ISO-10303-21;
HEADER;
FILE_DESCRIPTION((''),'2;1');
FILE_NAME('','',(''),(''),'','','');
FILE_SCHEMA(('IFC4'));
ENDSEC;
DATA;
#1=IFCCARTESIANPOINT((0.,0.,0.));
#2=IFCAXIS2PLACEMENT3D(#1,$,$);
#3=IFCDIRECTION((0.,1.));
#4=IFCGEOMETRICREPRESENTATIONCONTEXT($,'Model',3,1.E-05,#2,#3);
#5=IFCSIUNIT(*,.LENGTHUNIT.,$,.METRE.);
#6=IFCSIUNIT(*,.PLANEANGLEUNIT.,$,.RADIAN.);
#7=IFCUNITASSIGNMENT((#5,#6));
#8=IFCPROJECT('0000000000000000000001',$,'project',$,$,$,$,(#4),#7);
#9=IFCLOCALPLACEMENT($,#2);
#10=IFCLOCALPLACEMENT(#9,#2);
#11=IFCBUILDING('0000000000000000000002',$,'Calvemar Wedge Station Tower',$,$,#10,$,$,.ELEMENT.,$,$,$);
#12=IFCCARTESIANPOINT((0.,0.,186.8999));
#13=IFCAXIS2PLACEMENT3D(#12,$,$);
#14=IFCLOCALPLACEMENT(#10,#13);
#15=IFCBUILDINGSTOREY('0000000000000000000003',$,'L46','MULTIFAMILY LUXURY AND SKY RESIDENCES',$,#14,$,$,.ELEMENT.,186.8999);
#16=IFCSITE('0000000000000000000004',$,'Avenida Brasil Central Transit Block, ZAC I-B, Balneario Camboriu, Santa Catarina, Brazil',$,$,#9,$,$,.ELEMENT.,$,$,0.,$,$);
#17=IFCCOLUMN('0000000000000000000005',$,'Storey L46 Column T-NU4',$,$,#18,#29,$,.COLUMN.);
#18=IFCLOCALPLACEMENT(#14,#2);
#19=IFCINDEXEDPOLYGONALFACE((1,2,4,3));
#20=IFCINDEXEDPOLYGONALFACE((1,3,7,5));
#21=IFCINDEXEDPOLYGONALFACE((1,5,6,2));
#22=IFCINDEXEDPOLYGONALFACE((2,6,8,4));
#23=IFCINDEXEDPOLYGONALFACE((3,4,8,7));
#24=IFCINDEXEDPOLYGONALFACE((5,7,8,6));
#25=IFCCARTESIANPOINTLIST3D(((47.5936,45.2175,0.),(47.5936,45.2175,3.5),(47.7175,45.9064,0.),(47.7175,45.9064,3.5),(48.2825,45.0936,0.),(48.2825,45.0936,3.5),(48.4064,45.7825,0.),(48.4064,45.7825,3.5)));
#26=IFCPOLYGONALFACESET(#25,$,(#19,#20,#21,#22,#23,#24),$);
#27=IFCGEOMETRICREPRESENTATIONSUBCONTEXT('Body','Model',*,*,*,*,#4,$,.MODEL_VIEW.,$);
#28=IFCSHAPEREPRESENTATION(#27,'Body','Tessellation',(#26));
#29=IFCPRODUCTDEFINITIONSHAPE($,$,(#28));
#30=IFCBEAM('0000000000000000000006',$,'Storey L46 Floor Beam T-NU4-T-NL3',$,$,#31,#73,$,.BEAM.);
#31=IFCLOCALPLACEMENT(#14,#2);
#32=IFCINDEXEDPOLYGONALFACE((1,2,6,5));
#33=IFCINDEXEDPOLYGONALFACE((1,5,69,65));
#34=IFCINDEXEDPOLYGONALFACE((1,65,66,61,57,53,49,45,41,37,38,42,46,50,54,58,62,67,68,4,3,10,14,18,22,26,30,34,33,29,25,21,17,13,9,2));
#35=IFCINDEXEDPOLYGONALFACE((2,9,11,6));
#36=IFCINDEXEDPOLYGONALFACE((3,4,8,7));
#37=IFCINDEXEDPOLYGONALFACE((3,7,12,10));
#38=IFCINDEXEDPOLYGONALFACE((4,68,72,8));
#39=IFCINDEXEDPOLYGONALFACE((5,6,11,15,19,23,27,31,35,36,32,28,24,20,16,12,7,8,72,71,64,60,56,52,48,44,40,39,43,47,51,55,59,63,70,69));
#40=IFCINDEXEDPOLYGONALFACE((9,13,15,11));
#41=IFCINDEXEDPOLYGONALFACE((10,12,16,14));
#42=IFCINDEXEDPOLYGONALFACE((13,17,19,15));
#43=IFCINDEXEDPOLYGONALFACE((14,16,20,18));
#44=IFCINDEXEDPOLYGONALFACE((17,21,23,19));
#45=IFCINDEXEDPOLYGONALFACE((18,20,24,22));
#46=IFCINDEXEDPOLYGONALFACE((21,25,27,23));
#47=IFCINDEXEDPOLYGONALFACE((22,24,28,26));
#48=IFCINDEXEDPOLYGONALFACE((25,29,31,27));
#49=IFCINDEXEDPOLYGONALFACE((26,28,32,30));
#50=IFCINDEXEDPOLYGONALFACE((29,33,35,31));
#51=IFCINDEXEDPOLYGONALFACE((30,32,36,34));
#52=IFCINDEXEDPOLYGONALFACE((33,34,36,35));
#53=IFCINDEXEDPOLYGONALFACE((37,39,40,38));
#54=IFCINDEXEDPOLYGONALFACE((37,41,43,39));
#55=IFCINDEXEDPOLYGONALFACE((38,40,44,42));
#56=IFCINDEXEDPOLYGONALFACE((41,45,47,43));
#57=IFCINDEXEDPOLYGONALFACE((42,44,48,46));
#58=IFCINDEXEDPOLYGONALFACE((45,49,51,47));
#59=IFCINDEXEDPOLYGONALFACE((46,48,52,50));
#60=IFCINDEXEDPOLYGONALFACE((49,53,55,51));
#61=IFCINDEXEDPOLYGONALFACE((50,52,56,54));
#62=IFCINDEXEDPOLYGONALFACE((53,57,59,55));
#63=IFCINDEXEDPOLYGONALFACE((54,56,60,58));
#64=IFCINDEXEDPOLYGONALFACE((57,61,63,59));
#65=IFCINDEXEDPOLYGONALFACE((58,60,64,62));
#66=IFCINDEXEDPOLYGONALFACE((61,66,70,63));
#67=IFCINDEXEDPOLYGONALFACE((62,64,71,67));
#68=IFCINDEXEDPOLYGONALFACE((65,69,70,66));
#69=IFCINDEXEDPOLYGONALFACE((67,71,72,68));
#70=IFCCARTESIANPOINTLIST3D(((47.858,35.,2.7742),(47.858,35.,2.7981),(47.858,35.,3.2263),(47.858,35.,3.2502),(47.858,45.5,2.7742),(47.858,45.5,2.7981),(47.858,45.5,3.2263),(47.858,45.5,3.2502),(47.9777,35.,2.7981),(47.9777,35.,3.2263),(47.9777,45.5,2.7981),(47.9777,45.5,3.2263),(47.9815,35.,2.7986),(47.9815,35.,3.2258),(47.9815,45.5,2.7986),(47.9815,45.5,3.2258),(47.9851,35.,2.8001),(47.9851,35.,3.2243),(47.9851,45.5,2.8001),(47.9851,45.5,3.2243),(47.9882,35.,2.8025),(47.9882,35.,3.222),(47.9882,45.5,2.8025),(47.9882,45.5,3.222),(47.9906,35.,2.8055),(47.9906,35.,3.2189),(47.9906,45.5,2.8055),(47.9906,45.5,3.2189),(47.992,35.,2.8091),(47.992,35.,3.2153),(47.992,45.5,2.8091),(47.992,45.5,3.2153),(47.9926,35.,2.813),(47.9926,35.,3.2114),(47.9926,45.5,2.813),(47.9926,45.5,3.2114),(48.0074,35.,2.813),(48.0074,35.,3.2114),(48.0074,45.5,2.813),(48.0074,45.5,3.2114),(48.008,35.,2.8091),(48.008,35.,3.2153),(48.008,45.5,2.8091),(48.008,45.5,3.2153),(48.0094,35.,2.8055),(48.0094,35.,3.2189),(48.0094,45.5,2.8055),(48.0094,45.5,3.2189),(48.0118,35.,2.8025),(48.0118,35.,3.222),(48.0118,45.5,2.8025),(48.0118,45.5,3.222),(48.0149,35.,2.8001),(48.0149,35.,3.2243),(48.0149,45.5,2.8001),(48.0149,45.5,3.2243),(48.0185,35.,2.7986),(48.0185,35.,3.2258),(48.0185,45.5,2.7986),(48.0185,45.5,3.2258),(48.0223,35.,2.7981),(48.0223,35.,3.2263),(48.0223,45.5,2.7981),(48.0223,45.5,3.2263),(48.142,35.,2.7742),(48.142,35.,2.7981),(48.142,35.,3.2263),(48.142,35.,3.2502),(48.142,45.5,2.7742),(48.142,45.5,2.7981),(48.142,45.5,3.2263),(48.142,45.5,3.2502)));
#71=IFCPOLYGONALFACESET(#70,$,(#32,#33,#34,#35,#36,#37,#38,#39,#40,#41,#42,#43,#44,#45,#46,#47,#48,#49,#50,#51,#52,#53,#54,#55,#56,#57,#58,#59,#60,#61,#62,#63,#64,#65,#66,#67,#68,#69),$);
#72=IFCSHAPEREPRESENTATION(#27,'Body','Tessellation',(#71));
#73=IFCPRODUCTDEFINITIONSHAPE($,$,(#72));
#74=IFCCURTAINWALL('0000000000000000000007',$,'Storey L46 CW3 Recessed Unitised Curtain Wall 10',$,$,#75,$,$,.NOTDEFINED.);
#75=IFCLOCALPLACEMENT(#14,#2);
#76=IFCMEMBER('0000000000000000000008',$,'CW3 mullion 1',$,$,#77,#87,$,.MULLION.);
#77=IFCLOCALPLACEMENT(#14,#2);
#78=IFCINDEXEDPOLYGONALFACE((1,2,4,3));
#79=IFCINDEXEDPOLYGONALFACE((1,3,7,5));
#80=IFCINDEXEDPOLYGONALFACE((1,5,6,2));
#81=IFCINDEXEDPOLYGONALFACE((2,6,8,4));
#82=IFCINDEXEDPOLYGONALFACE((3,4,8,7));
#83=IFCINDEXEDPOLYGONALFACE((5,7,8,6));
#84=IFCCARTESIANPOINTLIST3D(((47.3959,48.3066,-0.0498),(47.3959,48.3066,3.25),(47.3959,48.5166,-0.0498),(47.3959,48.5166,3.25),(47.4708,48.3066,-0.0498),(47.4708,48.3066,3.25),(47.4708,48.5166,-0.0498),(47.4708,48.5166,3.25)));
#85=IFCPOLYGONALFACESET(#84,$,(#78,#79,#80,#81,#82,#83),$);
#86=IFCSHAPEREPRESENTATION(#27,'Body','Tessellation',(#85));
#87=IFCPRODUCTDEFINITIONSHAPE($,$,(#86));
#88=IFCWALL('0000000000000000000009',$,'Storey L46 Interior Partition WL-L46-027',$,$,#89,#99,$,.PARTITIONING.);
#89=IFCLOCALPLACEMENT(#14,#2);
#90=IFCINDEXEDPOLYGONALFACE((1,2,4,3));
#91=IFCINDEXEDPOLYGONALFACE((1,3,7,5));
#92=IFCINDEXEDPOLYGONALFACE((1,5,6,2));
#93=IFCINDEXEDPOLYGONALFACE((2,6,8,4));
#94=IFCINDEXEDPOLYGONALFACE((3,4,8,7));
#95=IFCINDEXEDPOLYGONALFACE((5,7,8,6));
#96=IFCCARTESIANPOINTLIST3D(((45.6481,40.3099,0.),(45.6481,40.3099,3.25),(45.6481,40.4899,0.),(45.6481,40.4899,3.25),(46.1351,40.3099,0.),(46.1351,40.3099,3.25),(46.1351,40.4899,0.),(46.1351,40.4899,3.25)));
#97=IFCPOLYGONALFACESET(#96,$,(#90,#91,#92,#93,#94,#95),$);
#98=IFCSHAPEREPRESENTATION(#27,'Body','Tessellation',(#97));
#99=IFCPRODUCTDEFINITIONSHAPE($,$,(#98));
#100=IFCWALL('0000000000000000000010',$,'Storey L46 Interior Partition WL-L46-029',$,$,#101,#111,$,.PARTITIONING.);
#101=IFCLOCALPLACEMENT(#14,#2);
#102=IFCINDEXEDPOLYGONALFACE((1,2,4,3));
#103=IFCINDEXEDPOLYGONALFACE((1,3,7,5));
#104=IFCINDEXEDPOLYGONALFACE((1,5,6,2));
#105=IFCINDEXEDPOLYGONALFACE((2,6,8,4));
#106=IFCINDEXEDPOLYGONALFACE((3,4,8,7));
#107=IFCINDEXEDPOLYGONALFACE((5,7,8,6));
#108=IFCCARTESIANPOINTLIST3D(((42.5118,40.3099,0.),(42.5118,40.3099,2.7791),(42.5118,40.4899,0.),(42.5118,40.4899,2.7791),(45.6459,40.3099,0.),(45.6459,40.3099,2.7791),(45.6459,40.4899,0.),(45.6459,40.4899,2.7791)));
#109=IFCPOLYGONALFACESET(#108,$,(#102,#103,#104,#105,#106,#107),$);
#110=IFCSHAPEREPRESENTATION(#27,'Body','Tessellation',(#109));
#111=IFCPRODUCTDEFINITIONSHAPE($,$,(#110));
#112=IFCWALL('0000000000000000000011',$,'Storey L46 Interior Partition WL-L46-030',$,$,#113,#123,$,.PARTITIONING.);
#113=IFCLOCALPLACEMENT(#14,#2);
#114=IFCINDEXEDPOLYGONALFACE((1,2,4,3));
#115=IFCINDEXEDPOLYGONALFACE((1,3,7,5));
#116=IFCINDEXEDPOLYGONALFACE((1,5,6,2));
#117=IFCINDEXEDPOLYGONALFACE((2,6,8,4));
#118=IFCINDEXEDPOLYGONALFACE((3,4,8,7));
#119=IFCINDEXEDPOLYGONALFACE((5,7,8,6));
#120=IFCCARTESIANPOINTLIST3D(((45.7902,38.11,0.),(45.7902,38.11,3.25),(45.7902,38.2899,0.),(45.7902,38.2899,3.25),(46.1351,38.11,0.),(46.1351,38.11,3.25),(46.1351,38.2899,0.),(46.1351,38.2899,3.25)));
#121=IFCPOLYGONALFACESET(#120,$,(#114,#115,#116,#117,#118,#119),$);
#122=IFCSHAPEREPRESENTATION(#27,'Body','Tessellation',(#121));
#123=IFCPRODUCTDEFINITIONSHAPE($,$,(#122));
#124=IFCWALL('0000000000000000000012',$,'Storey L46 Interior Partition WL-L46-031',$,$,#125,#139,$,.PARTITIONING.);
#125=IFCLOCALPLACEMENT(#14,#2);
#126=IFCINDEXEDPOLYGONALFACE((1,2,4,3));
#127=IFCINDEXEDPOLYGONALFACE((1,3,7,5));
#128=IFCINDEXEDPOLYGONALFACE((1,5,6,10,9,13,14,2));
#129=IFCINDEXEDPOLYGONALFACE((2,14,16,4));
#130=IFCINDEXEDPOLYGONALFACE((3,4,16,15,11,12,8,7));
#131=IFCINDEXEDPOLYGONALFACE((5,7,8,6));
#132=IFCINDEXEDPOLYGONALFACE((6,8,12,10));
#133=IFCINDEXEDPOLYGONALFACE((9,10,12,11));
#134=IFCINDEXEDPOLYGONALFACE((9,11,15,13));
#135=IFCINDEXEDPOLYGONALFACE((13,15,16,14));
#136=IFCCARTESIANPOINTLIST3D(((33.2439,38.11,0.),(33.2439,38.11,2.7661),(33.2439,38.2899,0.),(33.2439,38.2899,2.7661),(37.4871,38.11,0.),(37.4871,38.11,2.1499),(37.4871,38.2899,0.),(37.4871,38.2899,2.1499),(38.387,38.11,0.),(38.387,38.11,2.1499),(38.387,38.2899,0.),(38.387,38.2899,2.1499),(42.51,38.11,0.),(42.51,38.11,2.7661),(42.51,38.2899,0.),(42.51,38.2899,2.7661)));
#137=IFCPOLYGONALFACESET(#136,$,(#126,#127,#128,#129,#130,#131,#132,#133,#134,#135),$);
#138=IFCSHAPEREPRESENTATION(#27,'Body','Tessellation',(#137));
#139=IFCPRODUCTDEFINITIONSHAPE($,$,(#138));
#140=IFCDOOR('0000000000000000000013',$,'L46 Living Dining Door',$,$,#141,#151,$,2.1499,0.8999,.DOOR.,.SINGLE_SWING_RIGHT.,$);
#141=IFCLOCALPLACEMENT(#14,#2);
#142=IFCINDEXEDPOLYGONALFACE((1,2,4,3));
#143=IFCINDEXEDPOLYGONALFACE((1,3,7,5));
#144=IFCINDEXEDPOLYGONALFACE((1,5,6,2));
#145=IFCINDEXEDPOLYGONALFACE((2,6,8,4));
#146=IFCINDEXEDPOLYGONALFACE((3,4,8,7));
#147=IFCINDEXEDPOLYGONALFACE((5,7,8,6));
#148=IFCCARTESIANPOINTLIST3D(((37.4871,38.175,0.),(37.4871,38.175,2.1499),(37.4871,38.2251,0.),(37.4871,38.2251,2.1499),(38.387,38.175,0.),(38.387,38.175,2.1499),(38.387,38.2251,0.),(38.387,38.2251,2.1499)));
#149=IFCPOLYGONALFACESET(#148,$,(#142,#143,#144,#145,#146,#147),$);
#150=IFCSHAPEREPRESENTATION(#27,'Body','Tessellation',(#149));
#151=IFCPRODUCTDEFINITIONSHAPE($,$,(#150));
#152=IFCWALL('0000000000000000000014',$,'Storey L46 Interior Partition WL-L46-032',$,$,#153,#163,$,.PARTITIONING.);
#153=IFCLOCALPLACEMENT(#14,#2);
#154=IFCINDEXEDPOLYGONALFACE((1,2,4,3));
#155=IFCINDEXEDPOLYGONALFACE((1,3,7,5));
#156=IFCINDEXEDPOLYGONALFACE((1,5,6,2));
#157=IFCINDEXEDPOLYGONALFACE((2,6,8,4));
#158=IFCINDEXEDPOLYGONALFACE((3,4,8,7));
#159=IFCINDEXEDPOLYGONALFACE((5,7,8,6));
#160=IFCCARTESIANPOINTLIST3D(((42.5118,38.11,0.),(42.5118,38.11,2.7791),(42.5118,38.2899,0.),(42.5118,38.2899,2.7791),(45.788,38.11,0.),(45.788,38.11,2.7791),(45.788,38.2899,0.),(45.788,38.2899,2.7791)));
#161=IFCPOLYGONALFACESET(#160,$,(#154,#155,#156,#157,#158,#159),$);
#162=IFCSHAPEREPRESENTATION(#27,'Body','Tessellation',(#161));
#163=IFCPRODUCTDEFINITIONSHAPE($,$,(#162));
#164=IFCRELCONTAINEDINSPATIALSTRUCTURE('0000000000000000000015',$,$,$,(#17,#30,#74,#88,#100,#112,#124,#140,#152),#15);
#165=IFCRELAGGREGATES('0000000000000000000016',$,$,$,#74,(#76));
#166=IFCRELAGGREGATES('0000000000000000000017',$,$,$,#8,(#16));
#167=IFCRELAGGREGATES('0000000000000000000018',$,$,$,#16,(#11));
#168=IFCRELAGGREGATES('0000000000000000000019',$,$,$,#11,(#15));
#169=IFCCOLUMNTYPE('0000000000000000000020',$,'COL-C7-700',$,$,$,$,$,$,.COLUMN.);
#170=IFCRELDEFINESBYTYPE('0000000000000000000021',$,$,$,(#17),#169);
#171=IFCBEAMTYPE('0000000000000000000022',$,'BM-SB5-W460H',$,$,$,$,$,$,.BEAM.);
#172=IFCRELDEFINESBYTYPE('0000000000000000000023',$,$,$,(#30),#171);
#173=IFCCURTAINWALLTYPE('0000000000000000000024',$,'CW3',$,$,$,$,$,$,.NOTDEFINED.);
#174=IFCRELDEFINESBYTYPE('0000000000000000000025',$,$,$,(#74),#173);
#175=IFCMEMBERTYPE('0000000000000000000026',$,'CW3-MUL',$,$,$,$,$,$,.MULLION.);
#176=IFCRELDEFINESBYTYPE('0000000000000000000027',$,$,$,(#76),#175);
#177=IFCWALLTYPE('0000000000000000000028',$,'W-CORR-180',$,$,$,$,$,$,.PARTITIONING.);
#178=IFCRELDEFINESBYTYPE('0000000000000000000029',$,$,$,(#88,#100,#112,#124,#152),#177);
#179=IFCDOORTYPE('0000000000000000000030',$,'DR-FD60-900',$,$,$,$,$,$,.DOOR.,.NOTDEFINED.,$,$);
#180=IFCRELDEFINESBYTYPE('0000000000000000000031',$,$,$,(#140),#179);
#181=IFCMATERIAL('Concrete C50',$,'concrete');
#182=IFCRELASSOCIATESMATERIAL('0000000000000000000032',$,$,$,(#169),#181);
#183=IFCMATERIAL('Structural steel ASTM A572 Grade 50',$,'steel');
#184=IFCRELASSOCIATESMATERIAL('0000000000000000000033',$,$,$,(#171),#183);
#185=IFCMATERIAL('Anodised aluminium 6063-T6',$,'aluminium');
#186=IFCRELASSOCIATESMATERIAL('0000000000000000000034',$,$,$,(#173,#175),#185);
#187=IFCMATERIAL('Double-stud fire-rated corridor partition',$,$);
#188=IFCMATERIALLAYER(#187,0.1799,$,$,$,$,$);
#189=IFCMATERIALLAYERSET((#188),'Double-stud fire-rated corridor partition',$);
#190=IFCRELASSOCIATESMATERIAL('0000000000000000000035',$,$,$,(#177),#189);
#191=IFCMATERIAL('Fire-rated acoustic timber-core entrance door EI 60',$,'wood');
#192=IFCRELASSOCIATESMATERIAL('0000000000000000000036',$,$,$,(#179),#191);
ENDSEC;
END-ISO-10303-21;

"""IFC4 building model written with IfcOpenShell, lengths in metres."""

from ifc_helpers import new_model, si_unit, direction, frame, frame_2d, origin, origin_2d, place, context, subcontext, project, spatial, rectangle, i_section, extrude, source, transform, mapped, material, layer, layer_set, material_profile, profile_set, type_object, element, fill, aggregate, save


model = new_model("IFC4")

# Units and contexts
model_context = context("Model", 3, precision=1e-05, world=origin(), true_north=direction((0.0, 1.0)))
body_context = subcontext(model_context, "Body", "Model", "MODEL_VIEW")
ifc_project = project(units=[si_unit("LENGTHUNIT", "METRE"), si_unit("PLANEANGLEUNIT", "RADIAN")], contexts=[model_context])

# Site, building, storey
site_placement = place(None, origin())
site = spatial("IfcSite", under=ifc_project, at=site_placement, Name="Avenida Brasil Central Transit Block, ZAC I-B, Balneario Camboriu, Santa Catarina, Brazil", CompositionType="ELEMENT", RefElevation=0.0)
building_placement = place(site_placement, origin())
building = spatial("IfcBuilding", under=site, at=building_placement, Name="Calvemar Wedge Station Tower", CompositionType="ELEMENT")
storey_placement = place(building_placement, frame((0.0, 0.0, 186.8999)))
storey = spatial("IfcBuildingStorey", under=building, at=storey_placement, Name="L46", Description="MULTIFAMILY LUXURY AND SKY RESIDENCES", CompositionType="ELEMENT", Elevation=186.8999)

# Column
ifc_material_1 = material(Name="Concrete C50", Category="concrete")
ifc_material_profile_1 = material_profile(ifc_material_1, rectangle(XDim=0.7, YDim=0.7, at=origin_2d()), Name="RC700x700")
ifc_profile_set_1 = profile_set([ifc_material_profile_1], Name="Concrete C50")
column_type = type_object("IfcColumnType", Name="COL-C7-700", PredefinedType="COLUMN", material=ifc_profile_set_1)
shared_shape_1 = source(origin(), body_context, "Body", "SweptSolid", [
    extrude(rectangle(XDim=0.7, YDim=0.7, at=origin_2d()), origin(), (0.0, 0.0, 1.0), 3.5),
])
column_placement = place(storey_placement, frame((48.0, 45.5, 0.0), z_axis=(0.0, 0.0, 1.0), x_axis=(0.984196, -0.177085, 0.0)))
element("IfcColumn", 1, at=column_placement, inside=storey, type_object=column_type, Name="Storey L46 Column T-NU4", PredefinedType="COLUMN", context=body_context, shape_type="MappedRepresentation", body=[
    mapped(shared_shape_1, transform((0.0, 0.0, 0.0), scale=1.0)),
])

# Beam
ifc_material_2 = material(Name="Structural steel ASTM A572 Grade 50", Category="steel")
ifc_material_profile_2 = material_profile(ifc_material_2, i_section(OverallWidth=0.2839, OverallDepth=0.4761, WebThickness=0.0149, FlangeThickness=0.0239, FilletRadius=0.0149, at=origin_2d()), Name="W460x158")
ifc_profile_set_2 = profile_set([ifc_material_profile_2], Name="Structural steel ASTM A572 Grade 50")
beam_type = type_object("IfcBeamType", Name="BM-SB5-W460H", PredefinedType="BEAM", material=ifc_profile_set_2)
shared_shape_2 = source(origin(), body_context, "Body", "SweptSolid", [
    extrude(i_section(OverallWidth=0.2839, OverallDepth=0.4761, WebThickness=0.0149, FlangeThickness=0.0239, FilletRadius=0.0149, at=origin_2d()), origin(), (0.0, 0.0, 1.0), 10.5),
])
beam_placement = place(storey_placement, frame((48.0, 45.5, 3.0122), z_axis=(0.0, -1.0, 0.0), x_axis=(1.0, 0.0, 0.0)))
element("IfcBeam", 2, at=beam_placement, inside=storey, type_object=beam_type, Name="Storey L46 Floor Beam T-NU4-T-NL3", PredefinedType="BEAM", context=body_context, shape_type="MappedRepresentation", body=[
    mapped(shared_shape_2, transform((0.0, 0.0, 0.0), scale=1.0)),
])

# Curtain wall, member
ifc_material_3 = material(Name="Anodised aluminium 6063-T6", Category="aluminium")
curtain_wall_type = type_object("IfcCurtainWallType", Name="CW3", PredefinedType="NOTDEFINED", material=ifc_material_3)
curtain_wall_placement = place(storey_placement, origin())
curtain_wall = element("IfcCurtainWall", 3, at=curtain_wall_placement, inside=storey, type_object=curtain_wall_type, Name="Storey L46 CW3 Recessed Unitised Curtain Wall 10", PredefinedType="NOTDEFINED")
ifc_material_profile_3 = material_profile(ifc_material_3, rectangle(XDim=0.075, YDim=0.21, at=origin_2d()), Name="AL-MUL-75x210")
ifc_profile_set_3 = profile_set([ifc_material_profile_3], Name="Anodised aluminium 6063-T6")
member_type = type_object("IfcMemberType", Name="CW3-MUL", PredefinedType="MULLION", material=ifc_profile_set_3)
shared_shape_3 = source(origin(), body_context, "Body", "SweptSolid", [
    extrude(rectangle(XDim=0.075, YDim=0.21, at=origin_2d()), origin(), (0.0, 0.0, 1.0), 3.2998),
])
member_placement = place(storey_placement, frame((47.4333, 48.4116, -0.0498), z_axis=(0.0, 0.0, 1.0), x_axis=(1.0, 0.0, 0.0)))
member = element("IfcMember", 4, at=member_placement, type_object=member_type, Name="CW3 mullion 1", PredefinedType="MULLION", context=body_context, shape_type="MappedRepresentation", body=[
    mapped(shared_shape_3, transform((0.0, 0.0, 0.0), scale=1.0)),
])
aggregate(curtain_wall, [member])

# Walls
ifc_material_4 = material(Name="Double-stud fire-rated corridor partition")
ifc_layer_1 = layer(ifc_material_4, 0.1799)
ifc_layer_set_1 = layer_set([ifc_layer_1], Name="Double-stud fire-rated corridor partition")
wall_type_1 = type_object("IfcWallType", Name="W-CORR-180", PredefinedType="PARTITIONING", material=ifc_layer_set_1)
wall_1_placement = place(storey_placement, frame((45.6479, 40.3999, 0.0), z_axis=(0.0, 0.0, 1.0), x_axis=(1.0, 0.0, 0.0)))
element("IfcWall", 5, at=wall_1_placement, inside=storey, type_object=wall_type_1, Name="Storey L46 Interior Partition WL-L46-027", PredefinedType="PARTITIONING", context=body_context, shape_type="SweptSolid", body=[
    extrude(rectangle(XDim=0.4871, YDim=0.1799, at=frame_2d((0.2437, 0.0))), origin(), (0.0, 0.0, 1.0), 3.25),
])
wall_2_placement = place(storey_placement, frame((42.512, 40.3999, 0.0), z_axis=(0.0, 0.0, 1.0), x_axis=(1.0, 0.0, 0.0)))
element("IfcWall", 6, at=wall_2_placement, inside=storey, type_object=wall_type_1, Name="Storey L46 Interior Partition WL-L46-029", PredefinedType="PARTITIONING", context=body_context, shape_type="SweptSolid", body=[
    extrude(rectangle(XDim=3.134, YDim=0.1799, at=frame_2d((1.5669, 0.0))), origin(), (0.0, 0.0, 1.0), 2.7791),
])
wall_3_placement = place(storey_placement, frame((46.135, 38.2, 0.0), z_axis=(0.0, 0.0, 1.0), x_axis=(-1.0, 0.0, 0.0)))
element("IfcWall", 7, at=wall_3_placement, inside=storey, type_object=wall_type_1, Name="Storey L46 Interior Partition WL-L46-030", PredefinedType="PARTITIONING", context=body_context, shape_type="SweptSolid", body=[
    extrude(rectangle(XDim=0.345, YDim=0.1799, at=frame_2d((0.1724, 0.0))), origin(), (0.0, 0.0, 1.0), 3.25),
])

# Wall, opening, door
wall_4_placement = place(storey_placement, frame((42.51, 38.2, 0.0), z_axis=(0.0, 0.0, 1.0), x_axis=(-1.0, 0.0, 0.0)))
wall_4 = element("IfcWall", 8, at=wall_4_placement, inside=storey, type_object=wall_type_1, Name="Storey L46 Interior Partition WL-L46-031", PredefinedType="PARTITIONING", context=body_context, shape_type="SweptSolid", body=[
    extrude(rectangle(XDim=9.2661, YDim=0.1799, at=frame_2d((4.6331, 0.0))), origin(), (0.0, 0.0, 1.0), 2.7661),
])
shared_shape_4 = source(origin(), body_context, "Body", "SweptSolid", [
    extrude(rectangle(XDim=0.8999, YDim=2.1499, at=frame_2d((0.45, 1.075))), frame((0.0, 0.1001, 0.0), z_axis=(0.0, -1.0, 0.0), x_axis=(1.0, 0.0, 0.0)), (0.0, 0.0, 1.0), 0.2),
])
opening_1_placement = place(wall_4_placement, frame((4.123, 0.0, 0.0)))
opening_1 = element("IfcOpeningElement", 9, at=opening_1_placement, cuts=wall_4, PredefinedType="OPENING", context=body_context, shape_type="MappedRepresentation", body=[
    mapped(shared_shape_4, transform((0.0, 0.0, 0.0), scale=1.0)),
])
ifc_material_5 = material(Name="Fire-rated acoustic timber-core entrance door EI 60", Category="wood")
door_type_1 = type_object("IfcDoorType", Name="DR-FD60-900", OperationType="NOTDEFINED", PredefinedType="DOOR", material=ifc_material_5)
shared_shape_5 = source(origin(), body_context, "Body", "SweptSolid", [
    extrude(rectangle(XDim=0.8999, YDim=2.1499, at=frame_2d((0.45, 1.075))), frame((0.0, 0.0249, 0.0), z_axis=(0.0, -1.0, 0.0), x_axis=(1.0, 0.0, 0.0)), (0.0, 0.0, 1.0), 0.05),
])
door_1_placement = place(opening_1_placement, origin())
door_1 = element("IfcDoor", 10, at=door_1_placement, inside=storey, type_object=door_type_1, Name="L46 Living Dining Door", OperationType="SINGLE_SWING_RIGHT", OverallHeight=2.1499, OverallWidth=0.8999, PredefinedType="DOOR", context=body_context, shape_type="MappedRepresentation", body=[
    mapped(shared_shape_5, transform((0.0, 0.0, 0.0), scale=1.0)),
])
fill(opening_1, door_1)

# Wall
wall_5_placement = place(storey_placement, frame((45.7881, 38.2, 0.0), z_axis=(0.0, 0.0, 1.0), x_axis=(-1.0, 0.0, 0.0)))
element("IfcWall", 11, at=wall_5_placement, inside=storey, type_object=wall_type_1, Name="Storey L46 Interior Partition WL-L46-032", PredefinedType="PARTITIONING", context=body_context, shape_type="SweptSolid", body=[
    extrude(rectangle(XDim=3.2761, YDim=0.1799, at=frame_2d((1.6382, 0.0))), origin(), (0.0, 0.0, 1.0), 2.7791),
])

save(model, "model.ifc")
